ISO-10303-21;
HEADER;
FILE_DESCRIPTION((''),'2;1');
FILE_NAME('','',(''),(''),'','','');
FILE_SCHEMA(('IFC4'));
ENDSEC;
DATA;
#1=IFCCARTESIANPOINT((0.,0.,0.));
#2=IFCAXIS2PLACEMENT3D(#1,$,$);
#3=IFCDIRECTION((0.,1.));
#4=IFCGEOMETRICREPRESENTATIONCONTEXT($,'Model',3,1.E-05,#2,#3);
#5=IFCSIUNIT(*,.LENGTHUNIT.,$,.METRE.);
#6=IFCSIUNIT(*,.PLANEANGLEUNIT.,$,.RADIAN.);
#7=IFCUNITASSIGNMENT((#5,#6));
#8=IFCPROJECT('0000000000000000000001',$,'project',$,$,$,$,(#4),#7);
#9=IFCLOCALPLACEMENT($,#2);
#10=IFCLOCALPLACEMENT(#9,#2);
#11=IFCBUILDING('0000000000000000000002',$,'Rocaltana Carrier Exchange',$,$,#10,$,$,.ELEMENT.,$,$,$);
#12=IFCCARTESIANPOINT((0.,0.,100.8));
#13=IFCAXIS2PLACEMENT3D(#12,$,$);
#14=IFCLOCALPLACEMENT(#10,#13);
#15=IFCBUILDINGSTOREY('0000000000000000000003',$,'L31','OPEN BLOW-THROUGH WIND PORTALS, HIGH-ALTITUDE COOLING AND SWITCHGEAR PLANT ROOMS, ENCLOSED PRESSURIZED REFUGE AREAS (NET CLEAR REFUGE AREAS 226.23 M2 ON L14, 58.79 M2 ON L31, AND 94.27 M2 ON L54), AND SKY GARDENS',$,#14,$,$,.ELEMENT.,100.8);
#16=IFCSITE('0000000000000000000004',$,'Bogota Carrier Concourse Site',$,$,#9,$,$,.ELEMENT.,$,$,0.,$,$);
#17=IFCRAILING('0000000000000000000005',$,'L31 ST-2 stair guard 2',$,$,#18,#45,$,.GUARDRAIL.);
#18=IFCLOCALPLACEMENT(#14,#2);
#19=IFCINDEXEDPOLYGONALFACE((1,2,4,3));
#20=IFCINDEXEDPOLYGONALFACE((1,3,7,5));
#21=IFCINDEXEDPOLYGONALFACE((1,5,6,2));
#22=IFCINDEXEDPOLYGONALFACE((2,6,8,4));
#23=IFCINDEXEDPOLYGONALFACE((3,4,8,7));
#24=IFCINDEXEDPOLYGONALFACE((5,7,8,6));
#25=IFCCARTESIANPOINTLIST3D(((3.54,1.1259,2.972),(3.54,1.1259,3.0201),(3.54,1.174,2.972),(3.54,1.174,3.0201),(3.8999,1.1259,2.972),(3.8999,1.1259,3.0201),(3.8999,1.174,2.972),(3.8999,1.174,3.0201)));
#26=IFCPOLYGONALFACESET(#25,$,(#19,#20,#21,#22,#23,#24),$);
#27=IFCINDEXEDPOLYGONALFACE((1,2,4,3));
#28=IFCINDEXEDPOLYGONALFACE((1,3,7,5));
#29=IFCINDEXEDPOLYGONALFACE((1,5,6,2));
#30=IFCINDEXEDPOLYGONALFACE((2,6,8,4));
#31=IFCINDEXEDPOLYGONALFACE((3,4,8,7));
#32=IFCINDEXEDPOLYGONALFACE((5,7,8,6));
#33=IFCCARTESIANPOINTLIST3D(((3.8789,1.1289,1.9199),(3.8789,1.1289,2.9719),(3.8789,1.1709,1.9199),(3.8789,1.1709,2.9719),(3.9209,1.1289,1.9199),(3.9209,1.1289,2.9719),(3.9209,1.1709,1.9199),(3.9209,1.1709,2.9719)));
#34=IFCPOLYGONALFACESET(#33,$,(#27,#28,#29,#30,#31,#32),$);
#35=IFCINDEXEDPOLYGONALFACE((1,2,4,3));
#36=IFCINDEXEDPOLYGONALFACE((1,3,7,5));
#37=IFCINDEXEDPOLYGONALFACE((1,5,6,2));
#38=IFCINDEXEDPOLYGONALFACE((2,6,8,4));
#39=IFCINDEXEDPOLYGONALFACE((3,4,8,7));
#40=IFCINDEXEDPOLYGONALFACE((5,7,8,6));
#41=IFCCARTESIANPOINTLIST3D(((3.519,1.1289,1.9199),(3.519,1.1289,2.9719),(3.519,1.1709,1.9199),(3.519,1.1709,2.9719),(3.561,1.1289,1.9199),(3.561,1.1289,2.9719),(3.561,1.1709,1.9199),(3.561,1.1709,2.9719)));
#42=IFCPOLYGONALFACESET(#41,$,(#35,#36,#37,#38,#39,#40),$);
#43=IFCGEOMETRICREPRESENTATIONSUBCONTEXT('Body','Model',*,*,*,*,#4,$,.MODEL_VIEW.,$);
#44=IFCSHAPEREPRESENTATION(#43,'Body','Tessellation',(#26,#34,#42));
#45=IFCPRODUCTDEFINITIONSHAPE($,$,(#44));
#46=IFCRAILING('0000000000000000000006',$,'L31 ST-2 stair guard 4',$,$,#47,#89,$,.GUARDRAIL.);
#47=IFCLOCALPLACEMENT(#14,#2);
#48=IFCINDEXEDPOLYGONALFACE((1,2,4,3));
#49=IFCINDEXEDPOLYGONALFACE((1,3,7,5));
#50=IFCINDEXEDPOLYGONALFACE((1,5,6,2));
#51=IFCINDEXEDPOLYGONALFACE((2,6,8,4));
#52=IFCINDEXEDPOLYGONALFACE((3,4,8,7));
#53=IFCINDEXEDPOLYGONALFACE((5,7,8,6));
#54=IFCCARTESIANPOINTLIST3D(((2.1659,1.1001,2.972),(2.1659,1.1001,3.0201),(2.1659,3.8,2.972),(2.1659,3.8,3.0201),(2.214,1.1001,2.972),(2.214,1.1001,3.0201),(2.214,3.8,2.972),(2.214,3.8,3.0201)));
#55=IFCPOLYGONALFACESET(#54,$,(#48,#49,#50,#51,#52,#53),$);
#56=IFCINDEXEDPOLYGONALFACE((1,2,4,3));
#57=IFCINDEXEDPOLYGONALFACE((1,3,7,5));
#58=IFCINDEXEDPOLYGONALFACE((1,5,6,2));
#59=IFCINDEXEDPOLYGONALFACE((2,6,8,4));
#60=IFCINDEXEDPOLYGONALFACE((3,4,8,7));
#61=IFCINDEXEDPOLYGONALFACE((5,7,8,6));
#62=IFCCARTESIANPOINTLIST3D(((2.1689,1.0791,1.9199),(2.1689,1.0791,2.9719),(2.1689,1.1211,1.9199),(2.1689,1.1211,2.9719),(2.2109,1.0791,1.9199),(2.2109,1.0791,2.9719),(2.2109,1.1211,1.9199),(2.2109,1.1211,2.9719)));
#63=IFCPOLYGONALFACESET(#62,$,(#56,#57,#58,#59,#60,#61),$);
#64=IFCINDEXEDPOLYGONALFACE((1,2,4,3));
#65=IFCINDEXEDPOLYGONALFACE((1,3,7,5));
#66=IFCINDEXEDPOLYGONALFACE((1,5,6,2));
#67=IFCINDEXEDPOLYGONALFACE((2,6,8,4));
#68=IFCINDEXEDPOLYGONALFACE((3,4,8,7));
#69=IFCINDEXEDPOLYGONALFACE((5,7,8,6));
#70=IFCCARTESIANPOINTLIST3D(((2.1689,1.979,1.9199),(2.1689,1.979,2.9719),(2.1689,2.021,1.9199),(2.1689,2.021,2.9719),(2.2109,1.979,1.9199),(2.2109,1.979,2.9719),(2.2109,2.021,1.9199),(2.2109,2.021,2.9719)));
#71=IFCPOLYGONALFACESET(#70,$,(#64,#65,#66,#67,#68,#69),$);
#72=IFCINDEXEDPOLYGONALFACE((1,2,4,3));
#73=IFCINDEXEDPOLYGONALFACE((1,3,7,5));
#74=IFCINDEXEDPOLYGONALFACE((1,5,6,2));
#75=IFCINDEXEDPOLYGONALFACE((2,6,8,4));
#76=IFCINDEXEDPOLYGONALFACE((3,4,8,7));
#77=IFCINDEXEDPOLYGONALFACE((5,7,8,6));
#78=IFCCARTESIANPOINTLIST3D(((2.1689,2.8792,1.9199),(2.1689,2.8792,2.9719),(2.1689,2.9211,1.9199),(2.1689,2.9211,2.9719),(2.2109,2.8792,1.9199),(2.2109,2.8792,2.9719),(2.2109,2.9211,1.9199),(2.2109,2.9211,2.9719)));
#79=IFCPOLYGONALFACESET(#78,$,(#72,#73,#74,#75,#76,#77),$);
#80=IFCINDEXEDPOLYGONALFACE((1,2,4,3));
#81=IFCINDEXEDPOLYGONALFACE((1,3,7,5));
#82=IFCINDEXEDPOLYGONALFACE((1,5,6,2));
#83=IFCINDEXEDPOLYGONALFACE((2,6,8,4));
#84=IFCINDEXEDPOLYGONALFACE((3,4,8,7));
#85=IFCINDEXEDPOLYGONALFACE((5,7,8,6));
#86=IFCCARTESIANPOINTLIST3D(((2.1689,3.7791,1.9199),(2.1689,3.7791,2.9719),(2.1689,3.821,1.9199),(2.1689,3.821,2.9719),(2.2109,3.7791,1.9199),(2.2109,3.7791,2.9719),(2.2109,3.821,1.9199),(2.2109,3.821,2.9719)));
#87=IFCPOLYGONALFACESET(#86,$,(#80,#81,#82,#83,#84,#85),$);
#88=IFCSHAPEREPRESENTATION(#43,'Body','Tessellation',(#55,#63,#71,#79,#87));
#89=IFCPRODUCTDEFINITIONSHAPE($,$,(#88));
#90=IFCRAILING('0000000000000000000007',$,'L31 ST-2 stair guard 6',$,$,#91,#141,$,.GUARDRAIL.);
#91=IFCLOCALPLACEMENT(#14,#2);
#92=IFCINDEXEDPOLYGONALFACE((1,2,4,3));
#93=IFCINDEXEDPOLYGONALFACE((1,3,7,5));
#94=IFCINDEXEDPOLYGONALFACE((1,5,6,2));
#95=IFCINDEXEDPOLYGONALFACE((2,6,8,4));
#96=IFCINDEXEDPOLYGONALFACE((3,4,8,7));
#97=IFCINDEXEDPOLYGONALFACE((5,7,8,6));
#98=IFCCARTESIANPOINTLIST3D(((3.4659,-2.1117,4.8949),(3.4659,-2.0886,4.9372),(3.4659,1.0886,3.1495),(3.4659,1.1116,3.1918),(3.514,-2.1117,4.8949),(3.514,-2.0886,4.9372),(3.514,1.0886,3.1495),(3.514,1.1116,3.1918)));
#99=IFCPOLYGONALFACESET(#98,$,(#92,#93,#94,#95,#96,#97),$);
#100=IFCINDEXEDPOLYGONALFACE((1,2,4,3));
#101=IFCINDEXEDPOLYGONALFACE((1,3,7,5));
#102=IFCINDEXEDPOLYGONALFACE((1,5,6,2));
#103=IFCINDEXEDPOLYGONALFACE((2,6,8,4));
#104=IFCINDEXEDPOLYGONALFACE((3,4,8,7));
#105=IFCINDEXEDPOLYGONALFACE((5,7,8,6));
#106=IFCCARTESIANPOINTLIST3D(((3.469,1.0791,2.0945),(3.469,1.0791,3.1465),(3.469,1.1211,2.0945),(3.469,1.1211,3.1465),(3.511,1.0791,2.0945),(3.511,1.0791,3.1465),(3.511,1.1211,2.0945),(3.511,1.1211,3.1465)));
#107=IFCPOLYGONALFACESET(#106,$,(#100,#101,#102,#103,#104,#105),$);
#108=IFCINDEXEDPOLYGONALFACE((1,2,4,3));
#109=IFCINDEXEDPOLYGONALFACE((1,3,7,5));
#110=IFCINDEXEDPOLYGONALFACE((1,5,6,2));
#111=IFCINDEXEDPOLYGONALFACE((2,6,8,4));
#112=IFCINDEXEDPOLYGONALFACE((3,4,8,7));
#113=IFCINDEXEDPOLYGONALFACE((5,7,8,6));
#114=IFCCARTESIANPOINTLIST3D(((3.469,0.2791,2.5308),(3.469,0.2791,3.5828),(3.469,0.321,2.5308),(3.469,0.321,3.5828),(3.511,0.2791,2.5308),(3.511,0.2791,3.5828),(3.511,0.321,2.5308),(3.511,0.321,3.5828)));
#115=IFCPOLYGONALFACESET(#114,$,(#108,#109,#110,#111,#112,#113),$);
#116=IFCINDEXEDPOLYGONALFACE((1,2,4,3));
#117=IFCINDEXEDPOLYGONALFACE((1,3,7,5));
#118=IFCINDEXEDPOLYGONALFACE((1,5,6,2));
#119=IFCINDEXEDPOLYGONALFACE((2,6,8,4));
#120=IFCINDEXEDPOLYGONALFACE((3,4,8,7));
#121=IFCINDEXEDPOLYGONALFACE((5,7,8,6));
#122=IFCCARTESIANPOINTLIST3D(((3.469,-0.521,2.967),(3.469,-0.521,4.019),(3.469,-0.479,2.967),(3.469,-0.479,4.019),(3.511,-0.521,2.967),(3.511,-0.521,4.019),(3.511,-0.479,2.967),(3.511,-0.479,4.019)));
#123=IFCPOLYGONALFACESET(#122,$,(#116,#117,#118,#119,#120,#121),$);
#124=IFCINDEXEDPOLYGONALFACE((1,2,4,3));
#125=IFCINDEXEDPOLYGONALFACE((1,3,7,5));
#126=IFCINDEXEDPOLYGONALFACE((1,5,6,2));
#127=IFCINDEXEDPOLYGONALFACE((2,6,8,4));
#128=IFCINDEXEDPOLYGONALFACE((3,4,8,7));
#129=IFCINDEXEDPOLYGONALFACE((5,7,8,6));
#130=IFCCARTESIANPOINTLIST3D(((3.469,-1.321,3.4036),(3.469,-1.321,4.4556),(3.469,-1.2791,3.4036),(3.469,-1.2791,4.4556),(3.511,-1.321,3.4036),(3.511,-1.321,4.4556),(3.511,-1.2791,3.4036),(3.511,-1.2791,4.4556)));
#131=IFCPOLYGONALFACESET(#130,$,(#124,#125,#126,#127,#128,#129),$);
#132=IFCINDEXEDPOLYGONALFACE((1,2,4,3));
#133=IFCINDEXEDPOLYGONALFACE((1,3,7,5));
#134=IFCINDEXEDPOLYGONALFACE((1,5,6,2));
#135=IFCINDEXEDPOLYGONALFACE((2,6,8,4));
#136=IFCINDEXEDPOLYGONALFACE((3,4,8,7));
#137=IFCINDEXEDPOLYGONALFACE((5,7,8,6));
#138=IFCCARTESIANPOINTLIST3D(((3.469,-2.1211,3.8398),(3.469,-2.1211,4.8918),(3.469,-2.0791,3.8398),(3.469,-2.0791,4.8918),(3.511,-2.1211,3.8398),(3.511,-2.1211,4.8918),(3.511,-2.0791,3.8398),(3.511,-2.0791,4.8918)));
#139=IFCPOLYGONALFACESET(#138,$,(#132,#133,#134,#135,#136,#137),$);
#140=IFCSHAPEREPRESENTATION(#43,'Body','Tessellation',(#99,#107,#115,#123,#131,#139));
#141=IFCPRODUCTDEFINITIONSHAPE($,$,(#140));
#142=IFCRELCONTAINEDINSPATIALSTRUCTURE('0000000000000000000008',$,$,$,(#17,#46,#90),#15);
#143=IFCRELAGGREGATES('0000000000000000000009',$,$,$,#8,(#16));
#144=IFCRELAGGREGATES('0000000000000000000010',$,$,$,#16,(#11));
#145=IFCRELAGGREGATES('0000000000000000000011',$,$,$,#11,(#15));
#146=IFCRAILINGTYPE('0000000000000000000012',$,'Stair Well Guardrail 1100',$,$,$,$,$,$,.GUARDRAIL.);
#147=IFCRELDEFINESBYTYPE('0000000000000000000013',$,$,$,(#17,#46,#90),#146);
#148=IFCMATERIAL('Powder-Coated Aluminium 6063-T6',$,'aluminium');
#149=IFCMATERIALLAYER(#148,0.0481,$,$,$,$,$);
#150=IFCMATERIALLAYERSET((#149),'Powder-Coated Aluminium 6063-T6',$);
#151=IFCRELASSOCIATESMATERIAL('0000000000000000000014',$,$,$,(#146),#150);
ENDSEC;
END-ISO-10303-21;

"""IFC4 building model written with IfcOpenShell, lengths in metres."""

from ifc_helpers import new_model, si_unit, direction, frame, origin, origin_2d, place, context, subcontext, project, spatial, rectangle, extrude, material, layer, layer_set, type_object, element, save


model = new_model("IFC4")

# Units and contexts
model_context = context("Model", 3, precision=1e-05, world=origin(), true_north=direction((0.0, 1.0)))
body_context = subcontext(model_context, "Body", "Model", "MODEL_VIEW")
ifc_project = project(units=[si_unit("LENGTHUNIT", "METRE"), si_unit("PLANEANGLEUNIT", "RADIAN")], contexts=[model_context])

# Site, building, storey
site_placement = place(None, origin())
site = spatial("IfcSite", under=ifc_project, at=site_placement, Name="Bogota Carrier Concourse Site", CompositionType="ELEMENT", RefElevation=0.0)
building_placement = place(site_placement, origin())
building = spatial("IfcBuilding", under=site, at=building_placement, Name="Rocaltana Carrier Exchange", CompositionType="ELEMENT")
storey_placement = place(building_placement, frame((0.0, 0.0, 100.8)))
storey = spatial("IfcBuildingStorey", under=building, at=storey_placement, Name="L31", Description="OPEN BLOW-THROUGH WIND PORTALS, HIGH-ALTITUDE COOLING AND SWITCHGEAR PLANT ROOMS, ENCLOSED PRESSURIZED REFUGE AREAS (NET CLEAR REFUGE AREAS 226.23 M2 ON L14, 58.79 M2 ON L31, AND 94.27 M2 ON L54), AND SKY GARDENS", CompositionType="ELEMENT", Elevation=100.8)

# Railings
ifc_material_1 = material(Name="Powder-Coated Aluminium 6063-T6", Category="aluminium")
ifc_layer_1 = layer(ifc_material_1, 0.0481)
ifc_layer_set_1 = layer_set([ifc_layer_1], Name="Powder-Coated Aluminium 6063-T6")
railing_type_1 = type_object("IfcRailingType", Name="Stair Well Guardrail 1100", PredefinedType="GUARDRAIL", material=ifc_layer_set_1)
railing_1_placement = place(storey_placement, frame((3.8999, 1.1499, 1.9199)))
element("IfcRailing", 1, at=railing_1_placement, inside=storey, type_object=railing_type_1, Name="L31 ST-2 stair guard 2", PredefinedType="GUARDRAIL", context=body_context, shape_type="SweptSolid", body=[
    extrude(rectangle(XDim=0.0481, YDim=0.0481, at=origin_2d()), frame((0.0, 0.0, 1.0762), z_axis=(-1.0, 0.0, 0.0), x_axis=(0.0, -1.0, 0.0)), (0.0, 0.0, 1.0), 0.3599),
    extrude(rectangle(XDim=0.042, YDim=0.042, at=origin_2d()), origin(), (0.0, 0.0, 1.0), 1.052),
    extrude(rectangle(XDim=0.042, YDim=0.042, at=origin_2d()), frame((-0.3599, 0.0, 0.0)), (0.0, 0.0, 1.0), 1.052),
])
railing_2_placement = place(storey_placement, frame((2.1899, 1.1001, 1.9199)))
element("IfcRailing", 2, at=railing_2_placement, inside=storey, type_object=railing_type_1, Name="L31 ST-2 stair guard 4", PredefinedType="GUARDRAIL", context=body_context, shape_type="SweptSolid", body=[
    extrude(rectangle(XDim=0.0481, YDim=0.0481, at=origin_2d()), frame((0.0, 0.0, 1.0762), z_axis=(0.0, 1.0, 0.0), x_axis=(-1.0, 0.0, 0.0)), (0.0, 0.0, 1.0), 2.7),
    extrude(rectangle(XDim=0.042, YDim=0.042, at=origin_2d()), origin(), (0.0, 0.0, 1.0), 1.052),
    extrude(rectangle(XDim=0.042, YDim=0.042, at=origin_2d()), frame((0.0, 0.8999, 0.0)), (0.0, 0.0, 1.0), 1.052),
    extrude(rectangle(XDim=0.042, YDim=0.042, at=origin_2d()), frame((0.0, 1.8, 0.0)), (0.0, 0.0, 1.0), 1.052),
    extrude(rectangle(XDim=0.042, YDim=0.042, at=origin_2d()), frame((0.0, 2.7, 0.0)), (0.0, 0.0, 1.0), 1.052),
])
railing_3_placement = place(storey_placement, frame((3.49, 1.1001, 2.0945)))
element("IfcRailing", 3, at=railing_3_placement, inside=storey, type_object=railing_type_1, Name="L31 ST-2 stair guard 6", PredefinedType="GUARDRAIL", context=body_context, shape_type="SweptSolid", body=[
    extrude(rectangle(XDim=0.0481, YDim=0.0481, at=origin_2d()), frame((0.0, 0.0, 1.0762), z_axis=(0.0, -0.877919, 0.47881), x_axis=(1.0, 0.0, 0.0)), (0.0, 0.0, 1.0), 3.6453),
    extrude(rectangle(XDim=0.042, YDim=0.042, at=origin_2d()), origin(), (0.0, 0.0, 1.0), 1.052),
    extrude(rectangle(XDim=0.042, YDim=0.042, at=origin_2d()), frame((0.0, -0.8, 0.4363)), (0.0, 0.0, 1.0), 1.052),
    extrude(rectangle(XDim=0.042, YDim=0.042, at=origin_2d()), frame((0.0, -1.6001, 0.8726)), (0.0, 0.0, 1.0), 1.052),
    extrude(rectangle(XDim=0.042, YDim=0.042, at=origin_2d()), frame((0.0, -2.4001, 1.3091)), (0.0, 0.0, 1.0), 1.052),
    extrude(rectangle(XDim=0.042, YDim=0.042, at=origin_2d()), frame((0.0, -3.2002, 1.7454)), (0.0, 0.0, 1.0), 1.052),
])

save(model, "model.ifc")
